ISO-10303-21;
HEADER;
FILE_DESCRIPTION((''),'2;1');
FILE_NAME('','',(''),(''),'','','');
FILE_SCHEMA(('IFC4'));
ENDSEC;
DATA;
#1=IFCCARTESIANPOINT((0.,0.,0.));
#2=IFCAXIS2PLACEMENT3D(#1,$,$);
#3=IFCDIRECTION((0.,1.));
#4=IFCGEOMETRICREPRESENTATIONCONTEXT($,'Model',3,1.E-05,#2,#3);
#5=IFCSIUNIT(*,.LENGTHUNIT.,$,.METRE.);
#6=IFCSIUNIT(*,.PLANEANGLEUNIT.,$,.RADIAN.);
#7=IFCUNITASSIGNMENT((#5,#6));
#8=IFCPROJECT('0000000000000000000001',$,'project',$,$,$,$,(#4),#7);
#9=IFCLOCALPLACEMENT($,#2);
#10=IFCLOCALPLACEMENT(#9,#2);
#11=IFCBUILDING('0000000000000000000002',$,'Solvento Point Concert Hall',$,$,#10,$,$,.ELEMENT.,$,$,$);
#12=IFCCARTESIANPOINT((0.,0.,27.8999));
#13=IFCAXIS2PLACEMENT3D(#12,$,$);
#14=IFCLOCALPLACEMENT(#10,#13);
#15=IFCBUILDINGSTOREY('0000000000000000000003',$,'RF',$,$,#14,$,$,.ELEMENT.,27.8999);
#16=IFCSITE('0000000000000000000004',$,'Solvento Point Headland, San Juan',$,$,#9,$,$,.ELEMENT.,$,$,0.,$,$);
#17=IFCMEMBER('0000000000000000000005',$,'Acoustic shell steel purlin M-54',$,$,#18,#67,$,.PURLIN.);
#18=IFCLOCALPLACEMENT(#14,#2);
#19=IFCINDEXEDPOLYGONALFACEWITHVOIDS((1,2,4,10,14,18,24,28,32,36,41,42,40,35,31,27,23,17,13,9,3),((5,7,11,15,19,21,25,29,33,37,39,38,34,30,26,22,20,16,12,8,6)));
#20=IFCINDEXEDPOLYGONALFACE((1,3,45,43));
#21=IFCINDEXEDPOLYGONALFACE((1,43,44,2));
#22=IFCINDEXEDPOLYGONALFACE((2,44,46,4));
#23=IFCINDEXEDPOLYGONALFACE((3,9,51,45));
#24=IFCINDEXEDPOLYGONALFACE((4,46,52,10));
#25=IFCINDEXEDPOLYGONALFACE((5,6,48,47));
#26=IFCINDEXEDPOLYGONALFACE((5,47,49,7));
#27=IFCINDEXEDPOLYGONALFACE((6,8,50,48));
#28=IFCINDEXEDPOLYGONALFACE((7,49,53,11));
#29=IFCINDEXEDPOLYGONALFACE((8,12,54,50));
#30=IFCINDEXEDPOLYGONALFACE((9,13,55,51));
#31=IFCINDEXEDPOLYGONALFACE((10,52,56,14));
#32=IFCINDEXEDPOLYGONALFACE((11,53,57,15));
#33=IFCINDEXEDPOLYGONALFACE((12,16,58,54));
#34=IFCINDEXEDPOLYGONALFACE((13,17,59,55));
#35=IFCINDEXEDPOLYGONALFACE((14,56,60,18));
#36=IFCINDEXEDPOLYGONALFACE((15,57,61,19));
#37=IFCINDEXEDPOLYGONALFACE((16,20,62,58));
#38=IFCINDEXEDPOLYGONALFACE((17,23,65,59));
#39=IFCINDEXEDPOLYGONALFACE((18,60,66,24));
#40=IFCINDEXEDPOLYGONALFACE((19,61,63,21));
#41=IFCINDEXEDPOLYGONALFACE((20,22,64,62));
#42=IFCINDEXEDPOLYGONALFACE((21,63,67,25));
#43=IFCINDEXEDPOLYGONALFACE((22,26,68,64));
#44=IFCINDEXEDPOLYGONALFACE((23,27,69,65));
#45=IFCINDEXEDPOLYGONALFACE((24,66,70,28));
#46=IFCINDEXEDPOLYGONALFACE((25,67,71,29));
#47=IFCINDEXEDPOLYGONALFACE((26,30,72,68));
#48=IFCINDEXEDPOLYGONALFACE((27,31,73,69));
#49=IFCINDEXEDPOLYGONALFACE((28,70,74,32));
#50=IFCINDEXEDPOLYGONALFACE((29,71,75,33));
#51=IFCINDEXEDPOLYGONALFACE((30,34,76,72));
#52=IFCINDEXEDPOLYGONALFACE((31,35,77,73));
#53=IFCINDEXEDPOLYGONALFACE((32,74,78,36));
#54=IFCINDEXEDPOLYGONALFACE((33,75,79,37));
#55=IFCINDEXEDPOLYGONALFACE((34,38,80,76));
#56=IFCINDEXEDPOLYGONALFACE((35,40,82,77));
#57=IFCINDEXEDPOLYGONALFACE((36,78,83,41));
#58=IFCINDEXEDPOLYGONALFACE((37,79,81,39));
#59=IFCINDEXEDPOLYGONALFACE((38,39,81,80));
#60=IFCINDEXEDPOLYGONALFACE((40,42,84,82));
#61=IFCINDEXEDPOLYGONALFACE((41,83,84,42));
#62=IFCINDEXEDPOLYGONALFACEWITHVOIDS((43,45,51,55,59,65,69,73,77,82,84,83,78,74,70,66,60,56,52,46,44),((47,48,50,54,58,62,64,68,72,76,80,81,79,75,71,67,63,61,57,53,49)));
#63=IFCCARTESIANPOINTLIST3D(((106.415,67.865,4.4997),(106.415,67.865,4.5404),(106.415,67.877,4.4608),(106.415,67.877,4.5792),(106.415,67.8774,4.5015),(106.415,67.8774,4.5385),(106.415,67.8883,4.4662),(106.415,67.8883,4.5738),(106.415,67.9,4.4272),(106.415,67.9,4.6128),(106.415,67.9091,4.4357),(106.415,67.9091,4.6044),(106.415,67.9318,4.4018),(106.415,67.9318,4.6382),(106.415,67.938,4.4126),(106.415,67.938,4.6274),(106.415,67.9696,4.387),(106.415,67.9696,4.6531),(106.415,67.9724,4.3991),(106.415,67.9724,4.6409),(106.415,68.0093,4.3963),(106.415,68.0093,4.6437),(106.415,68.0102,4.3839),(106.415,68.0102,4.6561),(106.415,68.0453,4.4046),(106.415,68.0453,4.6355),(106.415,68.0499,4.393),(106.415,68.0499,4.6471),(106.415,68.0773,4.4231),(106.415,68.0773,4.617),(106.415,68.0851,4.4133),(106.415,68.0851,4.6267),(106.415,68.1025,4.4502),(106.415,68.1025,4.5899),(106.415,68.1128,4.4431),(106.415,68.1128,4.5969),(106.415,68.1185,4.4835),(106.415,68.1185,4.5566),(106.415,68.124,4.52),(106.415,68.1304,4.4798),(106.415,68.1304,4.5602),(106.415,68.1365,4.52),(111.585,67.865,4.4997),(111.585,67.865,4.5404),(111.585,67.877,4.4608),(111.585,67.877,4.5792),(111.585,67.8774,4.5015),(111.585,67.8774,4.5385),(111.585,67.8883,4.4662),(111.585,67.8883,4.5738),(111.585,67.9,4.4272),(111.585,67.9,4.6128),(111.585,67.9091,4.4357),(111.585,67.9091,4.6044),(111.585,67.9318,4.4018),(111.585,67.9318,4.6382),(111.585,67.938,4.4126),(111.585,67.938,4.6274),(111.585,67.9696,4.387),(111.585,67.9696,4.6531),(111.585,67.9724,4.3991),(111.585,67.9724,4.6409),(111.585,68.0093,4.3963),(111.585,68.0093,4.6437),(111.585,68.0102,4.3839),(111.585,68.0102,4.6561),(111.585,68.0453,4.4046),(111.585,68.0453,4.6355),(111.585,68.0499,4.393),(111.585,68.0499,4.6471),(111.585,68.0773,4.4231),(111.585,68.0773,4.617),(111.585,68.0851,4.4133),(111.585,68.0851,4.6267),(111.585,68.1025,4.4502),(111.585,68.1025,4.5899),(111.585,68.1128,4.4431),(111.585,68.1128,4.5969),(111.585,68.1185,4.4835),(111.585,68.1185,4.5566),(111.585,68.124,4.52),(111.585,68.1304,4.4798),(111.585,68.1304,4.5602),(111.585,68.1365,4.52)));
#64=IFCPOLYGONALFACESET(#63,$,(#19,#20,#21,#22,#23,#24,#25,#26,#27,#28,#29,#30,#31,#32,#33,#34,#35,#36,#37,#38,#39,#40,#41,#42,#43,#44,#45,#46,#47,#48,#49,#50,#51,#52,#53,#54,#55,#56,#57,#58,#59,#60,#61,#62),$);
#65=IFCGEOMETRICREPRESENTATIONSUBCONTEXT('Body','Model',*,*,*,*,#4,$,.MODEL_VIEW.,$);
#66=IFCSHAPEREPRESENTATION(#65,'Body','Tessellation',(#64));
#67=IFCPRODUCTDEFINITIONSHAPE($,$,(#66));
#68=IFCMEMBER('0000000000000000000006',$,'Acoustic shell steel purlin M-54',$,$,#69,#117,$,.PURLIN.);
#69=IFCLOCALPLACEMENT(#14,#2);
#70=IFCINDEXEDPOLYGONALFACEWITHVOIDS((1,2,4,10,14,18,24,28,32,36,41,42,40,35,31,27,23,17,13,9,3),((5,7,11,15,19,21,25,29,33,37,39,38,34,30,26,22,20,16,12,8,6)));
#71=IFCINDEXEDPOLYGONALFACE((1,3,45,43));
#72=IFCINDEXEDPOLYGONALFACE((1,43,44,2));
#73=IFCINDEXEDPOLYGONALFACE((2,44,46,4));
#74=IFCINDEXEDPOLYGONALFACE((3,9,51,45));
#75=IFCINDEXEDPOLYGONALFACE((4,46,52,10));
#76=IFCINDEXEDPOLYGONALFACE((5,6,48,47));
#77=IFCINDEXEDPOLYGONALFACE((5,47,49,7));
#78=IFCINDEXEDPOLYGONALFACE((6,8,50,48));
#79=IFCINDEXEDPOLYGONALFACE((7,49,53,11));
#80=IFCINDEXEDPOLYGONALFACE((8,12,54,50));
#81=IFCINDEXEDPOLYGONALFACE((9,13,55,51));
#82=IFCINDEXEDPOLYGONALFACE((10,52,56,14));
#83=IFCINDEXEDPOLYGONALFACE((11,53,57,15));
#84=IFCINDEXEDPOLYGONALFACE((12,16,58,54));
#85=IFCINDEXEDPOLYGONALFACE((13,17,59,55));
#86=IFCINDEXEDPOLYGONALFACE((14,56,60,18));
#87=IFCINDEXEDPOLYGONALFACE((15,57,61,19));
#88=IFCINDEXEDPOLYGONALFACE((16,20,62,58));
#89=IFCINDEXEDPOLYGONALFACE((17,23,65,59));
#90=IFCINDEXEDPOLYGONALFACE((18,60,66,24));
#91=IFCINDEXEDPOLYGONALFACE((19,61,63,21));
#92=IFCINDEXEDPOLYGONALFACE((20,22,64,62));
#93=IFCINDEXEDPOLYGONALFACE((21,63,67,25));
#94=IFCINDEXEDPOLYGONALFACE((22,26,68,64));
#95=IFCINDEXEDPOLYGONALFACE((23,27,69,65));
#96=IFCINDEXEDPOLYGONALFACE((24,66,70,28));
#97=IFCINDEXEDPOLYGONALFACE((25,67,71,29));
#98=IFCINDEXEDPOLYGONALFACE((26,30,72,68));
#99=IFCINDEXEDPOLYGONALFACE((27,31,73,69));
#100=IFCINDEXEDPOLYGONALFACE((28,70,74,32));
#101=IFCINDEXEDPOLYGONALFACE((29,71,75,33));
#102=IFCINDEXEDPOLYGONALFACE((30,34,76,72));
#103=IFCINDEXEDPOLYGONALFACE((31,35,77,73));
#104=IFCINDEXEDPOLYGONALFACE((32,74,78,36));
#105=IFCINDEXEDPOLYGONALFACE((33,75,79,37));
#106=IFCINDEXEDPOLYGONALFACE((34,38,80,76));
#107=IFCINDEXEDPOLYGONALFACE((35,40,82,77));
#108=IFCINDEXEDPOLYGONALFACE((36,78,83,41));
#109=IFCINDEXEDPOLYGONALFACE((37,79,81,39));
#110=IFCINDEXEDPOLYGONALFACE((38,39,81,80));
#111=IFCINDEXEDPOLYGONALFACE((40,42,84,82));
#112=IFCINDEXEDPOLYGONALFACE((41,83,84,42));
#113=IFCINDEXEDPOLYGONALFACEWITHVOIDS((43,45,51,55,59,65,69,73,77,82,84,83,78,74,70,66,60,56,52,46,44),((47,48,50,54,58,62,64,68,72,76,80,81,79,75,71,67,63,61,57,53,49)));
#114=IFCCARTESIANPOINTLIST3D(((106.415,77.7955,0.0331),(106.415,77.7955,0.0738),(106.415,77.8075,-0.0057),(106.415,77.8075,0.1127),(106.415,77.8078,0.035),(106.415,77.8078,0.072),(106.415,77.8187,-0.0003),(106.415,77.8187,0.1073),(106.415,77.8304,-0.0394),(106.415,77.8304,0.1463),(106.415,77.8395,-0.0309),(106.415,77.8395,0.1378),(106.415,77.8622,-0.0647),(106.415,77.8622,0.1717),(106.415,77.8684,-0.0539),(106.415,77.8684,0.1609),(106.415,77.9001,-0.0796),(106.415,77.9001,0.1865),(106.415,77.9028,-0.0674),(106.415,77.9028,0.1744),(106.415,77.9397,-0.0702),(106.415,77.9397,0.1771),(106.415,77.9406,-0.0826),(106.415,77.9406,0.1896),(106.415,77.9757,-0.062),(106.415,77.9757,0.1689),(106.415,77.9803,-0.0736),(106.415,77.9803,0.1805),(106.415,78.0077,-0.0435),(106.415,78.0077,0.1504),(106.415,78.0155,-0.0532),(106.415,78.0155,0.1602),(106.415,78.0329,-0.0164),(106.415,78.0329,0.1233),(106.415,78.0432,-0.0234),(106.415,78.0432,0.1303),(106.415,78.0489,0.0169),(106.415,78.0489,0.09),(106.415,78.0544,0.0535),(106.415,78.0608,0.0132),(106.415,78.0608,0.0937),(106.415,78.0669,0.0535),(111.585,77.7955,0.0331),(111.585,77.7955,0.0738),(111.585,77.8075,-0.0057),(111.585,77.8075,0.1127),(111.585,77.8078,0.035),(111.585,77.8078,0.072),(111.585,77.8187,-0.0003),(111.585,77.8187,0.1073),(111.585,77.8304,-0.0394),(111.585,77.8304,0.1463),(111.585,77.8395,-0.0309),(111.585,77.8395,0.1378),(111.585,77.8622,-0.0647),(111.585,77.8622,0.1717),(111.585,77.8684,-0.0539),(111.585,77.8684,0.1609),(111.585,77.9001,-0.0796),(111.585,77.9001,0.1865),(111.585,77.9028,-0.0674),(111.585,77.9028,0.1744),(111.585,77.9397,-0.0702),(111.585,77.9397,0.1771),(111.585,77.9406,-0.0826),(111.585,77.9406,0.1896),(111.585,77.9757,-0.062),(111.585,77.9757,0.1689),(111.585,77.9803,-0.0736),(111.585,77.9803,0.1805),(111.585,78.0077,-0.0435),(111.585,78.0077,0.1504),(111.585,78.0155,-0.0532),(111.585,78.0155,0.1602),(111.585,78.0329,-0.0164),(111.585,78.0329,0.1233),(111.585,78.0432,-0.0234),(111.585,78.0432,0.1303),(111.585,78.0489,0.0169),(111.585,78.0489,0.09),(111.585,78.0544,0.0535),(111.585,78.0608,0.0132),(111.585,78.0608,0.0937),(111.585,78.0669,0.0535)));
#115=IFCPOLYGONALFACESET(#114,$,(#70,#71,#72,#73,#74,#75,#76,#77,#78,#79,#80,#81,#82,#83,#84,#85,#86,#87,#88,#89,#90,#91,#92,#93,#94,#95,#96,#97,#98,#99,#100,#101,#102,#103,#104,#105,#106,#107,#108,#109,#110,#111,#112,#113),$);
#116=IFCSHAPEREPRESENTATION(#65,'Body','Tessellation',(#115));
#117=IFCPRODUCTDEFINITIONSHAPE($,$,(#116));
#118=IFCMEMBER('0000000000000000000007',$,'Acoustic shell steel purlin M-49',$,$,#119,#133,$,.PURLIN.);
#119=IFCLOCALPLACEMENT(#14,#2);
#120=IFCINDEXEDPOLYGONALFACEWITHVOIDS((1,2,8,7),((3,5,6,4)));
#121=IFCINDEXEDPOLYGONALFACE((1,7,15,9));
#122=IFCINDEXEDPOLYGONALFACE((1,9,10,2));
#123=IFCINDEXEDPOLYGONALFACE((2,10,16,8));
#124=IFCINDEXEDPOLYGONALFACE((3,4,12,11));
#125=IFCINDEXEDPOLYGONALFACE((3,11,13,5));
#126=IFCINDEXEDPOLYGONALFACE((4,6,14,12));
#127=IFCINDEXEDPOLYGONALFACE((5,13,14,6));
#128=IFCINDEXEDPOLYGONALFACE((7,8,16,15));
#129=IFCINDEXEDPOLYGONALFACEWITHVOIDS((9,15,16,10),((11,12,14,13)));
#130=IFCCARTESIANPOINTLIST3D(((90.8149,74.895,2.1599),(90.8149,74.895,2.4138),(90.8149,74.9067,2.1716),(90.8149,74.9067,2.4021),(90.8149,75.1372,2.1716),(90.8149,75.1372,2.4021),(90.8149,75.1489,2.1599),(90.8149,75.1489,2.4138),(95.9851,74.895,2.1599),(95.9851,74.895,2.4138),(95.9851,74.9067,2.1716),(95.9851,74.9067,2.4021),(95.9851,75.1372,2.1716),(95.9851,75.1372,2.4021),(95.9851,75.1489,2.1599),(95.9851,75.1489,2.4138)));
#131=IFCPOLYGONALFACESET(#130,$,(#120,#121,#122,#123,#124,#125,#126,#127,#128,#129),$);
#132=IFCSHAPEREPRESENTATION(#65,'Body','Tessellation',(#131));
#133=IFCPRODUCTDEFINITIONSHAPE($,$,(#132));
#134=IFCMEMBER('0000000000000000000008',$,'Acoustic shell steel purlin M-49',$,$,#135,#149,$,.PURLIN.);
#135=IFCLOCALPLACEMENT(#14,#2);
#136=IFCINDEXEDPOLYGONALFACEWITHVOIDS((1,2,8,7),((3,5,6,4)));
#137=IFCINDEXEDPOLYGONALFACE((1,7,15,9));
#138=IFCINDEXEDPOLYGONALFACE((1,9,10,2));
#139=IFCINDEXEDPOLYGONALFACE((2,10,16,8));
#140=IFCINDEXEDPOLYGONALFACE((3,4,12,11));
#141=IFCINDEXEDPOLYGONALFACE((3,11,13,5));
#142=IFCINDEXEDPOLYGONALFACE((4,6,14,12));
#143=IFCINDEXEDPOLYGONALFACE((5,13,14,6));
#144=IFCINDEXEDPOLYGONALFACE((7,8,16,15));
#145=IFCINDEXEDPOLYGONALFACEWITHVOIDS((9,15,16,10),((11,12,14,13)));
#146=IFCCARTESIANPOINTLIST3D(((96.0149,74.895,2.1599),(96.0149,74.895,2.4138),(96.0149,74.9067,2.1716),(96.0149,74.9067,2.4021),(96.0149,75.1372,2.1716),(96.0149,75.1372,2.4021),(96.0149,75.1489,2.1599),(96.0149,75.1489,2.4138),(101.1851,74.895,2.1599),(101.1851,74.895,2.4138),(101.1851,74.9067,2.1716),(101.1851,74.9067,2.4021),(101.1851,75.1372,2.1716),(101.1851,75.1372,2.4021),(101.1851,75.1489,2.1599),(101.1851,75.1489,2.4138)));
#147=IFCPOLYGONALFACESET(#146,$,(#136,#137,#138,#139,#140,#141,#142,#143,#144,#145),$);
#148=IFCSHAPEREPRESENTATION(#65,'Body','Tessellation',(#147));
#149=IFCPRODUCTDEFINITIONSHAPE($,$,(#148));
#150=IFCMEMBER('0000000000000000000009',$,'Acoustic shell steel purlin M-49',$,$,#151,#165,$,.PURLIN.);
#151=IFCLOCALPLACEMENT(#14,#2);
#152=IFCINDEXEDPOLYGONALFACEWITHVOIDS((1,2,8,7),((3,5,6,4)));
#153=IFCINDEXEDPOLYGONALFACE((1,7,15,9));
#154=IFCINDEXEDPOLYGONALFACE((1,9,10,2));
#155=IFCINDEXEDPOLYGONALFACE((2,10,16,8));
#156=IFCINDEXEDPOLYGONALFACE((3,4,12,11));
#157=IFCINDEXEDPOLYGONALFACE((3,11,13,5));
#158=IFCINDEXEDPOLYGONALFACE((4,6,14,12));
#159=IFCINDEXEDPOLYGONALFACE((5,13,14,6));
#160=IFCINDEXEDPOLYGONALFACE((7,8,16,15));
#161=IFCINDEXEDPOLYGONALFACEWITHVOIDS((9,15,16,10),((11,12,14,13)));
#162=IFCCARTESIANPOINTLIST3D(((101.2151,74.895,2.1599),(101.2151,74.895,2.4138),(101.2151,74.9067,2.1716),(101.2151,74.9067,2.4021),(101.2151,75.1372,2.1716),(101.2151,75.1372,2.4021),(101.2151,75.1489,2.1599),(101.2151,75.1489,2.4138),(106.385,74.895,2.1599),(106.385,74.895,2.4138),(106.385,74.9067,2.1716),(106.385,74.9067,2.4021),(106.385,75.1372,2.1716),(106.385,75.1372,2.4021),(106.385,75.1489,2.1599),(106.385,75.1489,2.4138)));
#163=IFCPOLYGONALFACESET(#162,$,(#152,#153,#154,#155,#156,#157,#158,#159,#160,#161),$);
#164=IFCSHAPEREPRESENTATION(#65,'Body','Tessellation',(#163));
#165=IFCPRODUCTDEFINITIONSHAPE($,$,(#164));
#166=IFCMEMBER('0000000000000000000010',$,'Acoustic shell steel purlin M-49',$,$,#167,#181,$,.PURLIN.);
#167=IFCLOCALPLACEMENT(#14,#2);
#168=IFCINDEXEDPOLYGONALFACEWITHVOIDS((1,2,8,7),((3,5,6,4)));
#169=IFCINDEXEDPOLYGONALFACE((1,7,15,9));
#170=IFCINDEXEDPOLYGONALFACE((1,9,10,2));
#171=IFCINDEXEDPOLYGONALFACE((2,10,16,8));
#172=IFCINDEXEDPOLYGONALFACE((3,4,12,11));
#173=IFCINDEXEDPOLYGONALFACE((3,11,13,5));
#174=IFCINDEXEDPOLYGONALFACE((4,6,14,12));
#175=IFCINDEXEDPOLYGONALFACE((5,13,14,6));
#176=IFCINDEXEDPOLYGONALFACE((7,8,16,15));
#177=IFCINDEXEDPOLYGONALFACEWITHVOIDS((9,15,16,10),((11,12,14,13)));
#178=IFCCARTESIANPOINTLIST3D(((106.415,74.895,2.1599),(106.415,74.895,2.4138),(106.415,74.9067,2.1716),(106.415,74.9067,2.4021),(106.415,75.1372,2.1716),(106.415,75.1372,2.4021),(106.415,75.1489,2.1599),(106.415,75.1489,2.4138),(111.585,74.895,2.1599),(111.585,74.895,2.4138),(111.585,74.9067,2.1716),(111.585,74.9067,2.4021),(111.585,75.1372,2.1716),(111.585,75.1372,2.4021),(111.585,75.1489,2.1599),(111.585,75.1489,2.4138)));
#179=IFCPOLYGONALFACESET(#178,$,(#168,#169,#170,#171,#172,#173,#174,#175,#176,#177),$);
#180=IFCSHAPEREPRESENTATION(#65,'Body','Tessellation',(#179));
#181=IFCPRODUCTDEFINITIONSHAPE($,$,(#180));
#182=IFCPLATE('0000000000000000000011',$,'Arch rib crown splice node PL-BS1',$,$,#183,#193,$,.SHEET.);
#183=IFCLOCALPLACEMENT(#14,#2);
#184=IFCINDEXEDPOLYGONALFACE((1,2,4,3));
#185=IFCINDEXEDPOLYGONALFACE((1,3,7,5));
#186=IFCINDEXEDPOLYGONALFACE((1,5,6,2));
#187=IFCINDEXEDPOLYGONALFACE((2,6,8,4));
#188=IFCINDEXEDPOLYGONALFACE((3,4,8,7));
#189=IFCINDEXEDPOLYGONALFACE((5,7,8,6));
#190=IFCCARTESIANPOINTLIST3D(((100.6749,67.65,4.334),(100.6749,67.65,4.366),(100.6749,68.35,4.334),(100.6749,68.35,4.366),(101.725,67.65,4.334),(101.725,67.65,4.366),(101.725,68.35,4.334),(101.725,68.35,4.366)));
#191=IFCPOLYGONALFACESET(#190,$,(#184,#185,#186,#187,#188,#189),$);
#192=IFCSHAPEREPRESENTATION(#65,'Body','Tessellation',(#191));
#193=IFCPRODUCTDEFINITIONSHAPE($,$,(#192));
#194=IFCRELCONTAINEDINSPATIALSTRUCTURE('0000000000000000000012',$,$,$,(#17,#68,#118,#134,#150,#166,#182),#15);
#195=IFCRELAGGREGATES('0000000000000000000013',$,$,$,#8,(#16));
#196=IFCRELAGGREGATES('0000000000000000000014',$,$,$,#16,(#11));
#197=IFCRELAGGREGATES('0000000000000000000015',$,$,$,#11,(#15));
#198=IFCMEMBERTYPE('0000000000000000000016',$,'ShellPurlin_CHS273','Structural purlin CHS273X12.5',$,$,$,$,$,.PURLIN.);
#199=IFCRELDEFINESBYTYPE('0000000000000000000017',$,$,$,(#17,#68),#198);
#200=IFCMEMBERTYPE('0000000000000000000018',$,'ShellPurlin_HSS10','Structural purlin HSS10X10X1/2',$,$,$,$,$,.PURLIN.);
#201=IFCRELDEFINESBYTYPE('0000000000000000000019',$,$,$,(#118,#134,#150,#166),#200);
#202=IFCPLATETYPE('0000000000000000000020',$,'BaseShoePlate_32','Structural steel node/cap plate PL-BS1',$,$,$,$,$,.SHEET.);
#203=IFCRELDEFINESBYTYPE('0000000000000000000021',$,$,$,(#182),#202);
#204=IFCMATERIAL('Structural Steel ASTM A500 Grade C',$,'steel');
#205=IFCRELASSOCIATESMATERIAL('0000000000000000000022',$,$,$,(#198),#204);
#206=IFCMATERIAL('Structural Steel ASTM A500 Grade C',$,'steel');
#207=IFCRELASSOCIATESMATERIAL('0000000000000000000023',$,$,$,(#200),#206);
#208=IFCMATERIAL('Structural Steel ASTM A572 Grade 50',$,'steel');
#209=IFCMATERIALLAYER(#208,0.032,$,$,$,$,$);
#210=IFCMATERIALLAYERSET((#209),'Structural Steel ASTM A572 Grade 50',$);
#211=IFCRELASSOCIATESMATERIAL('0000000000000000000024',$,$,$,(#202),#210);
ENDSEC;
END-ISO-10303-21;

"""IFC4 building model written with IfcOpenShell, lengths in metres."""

from ifc_helpers import new_model, si_unit, direction, frame, origin, origin_2d, place, context, subcontext, project, spatial, rectangle, hollow_rectangle, hollow_circle, extrude, material, layer, layer_set, material_profile, profile_set, type_object, element, save


model = new_model("IFC4")

# Units and contexts
model_context = context("Model", 3, precision=1e-05, world=origin(), true_north=direction((0.0, 1.0)))
body_context = subcontext(model_context, "Body", "Model", "MODEL_VIEW")
ifc_project = project(units=[si_unit("LENGTHUNIT", "METRE"), si_unit("PLANEANGLEUNIT", "RADIAN")], contexts=[model_context])

# Site, building, storey
site_placement = place(None, origin())
site = spatial("IfcSite", under=ifc_project, at=site_placement, Name="Solvento Point Headland, San Juan", CompositionType="ELEMENT", RefElevation=0.0)
building_placement = place(site_placement, origin())
building = spatial("IfcBuilding", under=site, at=building_placement, Name="Solvento Point Concert Hall", CompositionType="ELEMENT")
storey_placement = place(building_placement, frame((0.0, 0.0, 27.8999)))
storey = spatial("IfcBuildingStorey", under=building, at=storey_placement, Name="RF", CompositionType="ELEMENT", Elevation=27.8999)

# Members
ifc_material_1 = material(Name="Structural Steel ASTM A500 Grade C", Category="steel")
ifc_material_profile_1 = material_profile(ifc_material_1, hollow_circle(Radius=0.1365, WallThickness=0.0125, at=origin_2d()), Name="CHS273X12.5")
ifc_profile_set_1 = profile_set([ifc_material_profile_1], Name="Structural Steel ASTM A500 Grade C")
member_type_1 = type_object("IfcMemberType", Name="ShellPurlin_CHS273", Description="Structural purlin CHS273X12.5", PredefinedType="PURLIN", material=ifc_profile_set_1)
for number, where, z_axis, x_axis, name in (
    (1, (106.415, 68.0, 4.52), (1.0, 0.0, 0.0), (0.0, 1.0, 0.0), "Acoustic shell steel purlin M-54"),
    (2, (106.415, 77.9304, 0.0535), (1.0, 0.0, 0.0), (0.0, 1.0, 0.0), "Acoustic shell steel purlin M-54"),
):
    element("IfcMember", number, at=place(storey_placement, frame(where, z_axis=z_axis, x_axis=x_axis)), inside=storey, type_object=member_type_1, Name=name, PredefinedType="PURLIN", context=body_context, shape_type="SweptSolid", body=[
        extrude(hollow_circle(Radius=0.1365, WallThickness=0.0125, at=origin_2d()), origin(), (0.0, 0.0, 1.0), 5.1699),
    ])
ifc_material_2 = material(Name="Structural Steel ASTM A500 Grade C", Category="steel")
ifc_material_profile_2 = material_profile(ifc_material_2, hollow_rectangle(XDim=0.2539, YDim=0.2539, WallThickness=0.0117, at=origin_2d()), Name="HSS10X10X1/2")
ifc_profile_set_2 = profile_set([ifc_material_profile_2], Name="Structural Steel ASTM A500 Grade C")
member_type_2 = type_object("IfcMemberType", Name="ShellPurlin_HSS10", Description="Structural purlin HSS10X10X1/2", PredefinedType="PURLIN", material=ifc_profile_set_2)
for number, where, z_axis, x_axis, name in (
    (3, (90.8149, 75.022, 2.2869), (1.0, 0.0, 0.0), (0.0, 1.0, 0.0), "Acoustic shell steel purlin M-49"),
    (4, (96.0149, 75.022, 2.2869), (1.0, 0.0, 0.0), (0.0, 1.0, 0.0), "Acoustic shell steel purlin M-49"),
):
    element("IfcMember", number, at=place(storey_placement, frame(where, z_axis=z_axis, x_axis=x_axis)), inside=storey, type_object=member_type_2, Name=name, PredefinedType="PURLIN", context=body_context, shape_type="SweptSolid", body=[
        extrude(hollow_rectangle(XDim=0.2539, YDim=0.2539, WallThickness=0.0117, at=origin_2d()), origin(), (0.0, 0.0, 1.0), 5.1702),
    ])
for number, where, z_axis, x_axis, name in (
    (5, (101.2151, 75.022, 2.2869), (1.0, 0.0, 0.0), (0.0, 1.0, 0.0), "Acoustic shell steel purlin M-49"),
    (6, (106.415, 75.022, 2.2869), (1.0, 0.0, 0.0), (0.0, 1.0, 0.0), "Acoustic shell steel purlin M-49"),
):
    element("IfcMember", number, at=place(storey_placement, frame(where, z_axis=z_axis, x_axis=x_axis)), inside=storey, type_object=member_type_2, Name=name, PredefinedType="PURLIN", context=body_context, shape_type="SweptSolid", body=[
        extrude(hollow_rectangle(XDim=0.2539, YDim=0.2539, WallThickness=0.0117, at=origin_2d()), origin(), (0.0, 0.0, 1.0), 5.1699),
    ])

# Plate
ifc_material_3 = material(Name="Structural Steel ASTM A572 Grade 50", Category="steel")
ifc_layer_1 = layer(ifc_material_3, 0.032)
ifc_layer_set_1 = layer_set([ifc_layer_1], Name="Structural Steel ASTM A572 Grade 50")
plate_type_1 = type_object("IfcPlateType", Name="BaseShoePlate_32", Description="Structural steel node/cap plate PL-BS1", PredefinedType="SHEET", material=ifc_layer_set_1)
plate_1_placement = place(storey_placement, frame((101.2, 68.0, 4.334), z_axis=(0.0, 0.0, 1.0), x_axis=(1.0, 0.0, 0.0)))
element("IfcPlate", 7, at=plate_1_placement, inside=storey, type_object=plate_type_1, Name="Arch rib crown splice node PL-BS1", PredefinedType="SHEET", context=body_context, shape_type="SweptSolid", body=[
    extrude(rectangle(XDim=1.05, YDim=0.7, at=origin_2d()), origin(), (0.0, 0.0, 1.0), 0.032),
])

save(model, "model.ifc")
